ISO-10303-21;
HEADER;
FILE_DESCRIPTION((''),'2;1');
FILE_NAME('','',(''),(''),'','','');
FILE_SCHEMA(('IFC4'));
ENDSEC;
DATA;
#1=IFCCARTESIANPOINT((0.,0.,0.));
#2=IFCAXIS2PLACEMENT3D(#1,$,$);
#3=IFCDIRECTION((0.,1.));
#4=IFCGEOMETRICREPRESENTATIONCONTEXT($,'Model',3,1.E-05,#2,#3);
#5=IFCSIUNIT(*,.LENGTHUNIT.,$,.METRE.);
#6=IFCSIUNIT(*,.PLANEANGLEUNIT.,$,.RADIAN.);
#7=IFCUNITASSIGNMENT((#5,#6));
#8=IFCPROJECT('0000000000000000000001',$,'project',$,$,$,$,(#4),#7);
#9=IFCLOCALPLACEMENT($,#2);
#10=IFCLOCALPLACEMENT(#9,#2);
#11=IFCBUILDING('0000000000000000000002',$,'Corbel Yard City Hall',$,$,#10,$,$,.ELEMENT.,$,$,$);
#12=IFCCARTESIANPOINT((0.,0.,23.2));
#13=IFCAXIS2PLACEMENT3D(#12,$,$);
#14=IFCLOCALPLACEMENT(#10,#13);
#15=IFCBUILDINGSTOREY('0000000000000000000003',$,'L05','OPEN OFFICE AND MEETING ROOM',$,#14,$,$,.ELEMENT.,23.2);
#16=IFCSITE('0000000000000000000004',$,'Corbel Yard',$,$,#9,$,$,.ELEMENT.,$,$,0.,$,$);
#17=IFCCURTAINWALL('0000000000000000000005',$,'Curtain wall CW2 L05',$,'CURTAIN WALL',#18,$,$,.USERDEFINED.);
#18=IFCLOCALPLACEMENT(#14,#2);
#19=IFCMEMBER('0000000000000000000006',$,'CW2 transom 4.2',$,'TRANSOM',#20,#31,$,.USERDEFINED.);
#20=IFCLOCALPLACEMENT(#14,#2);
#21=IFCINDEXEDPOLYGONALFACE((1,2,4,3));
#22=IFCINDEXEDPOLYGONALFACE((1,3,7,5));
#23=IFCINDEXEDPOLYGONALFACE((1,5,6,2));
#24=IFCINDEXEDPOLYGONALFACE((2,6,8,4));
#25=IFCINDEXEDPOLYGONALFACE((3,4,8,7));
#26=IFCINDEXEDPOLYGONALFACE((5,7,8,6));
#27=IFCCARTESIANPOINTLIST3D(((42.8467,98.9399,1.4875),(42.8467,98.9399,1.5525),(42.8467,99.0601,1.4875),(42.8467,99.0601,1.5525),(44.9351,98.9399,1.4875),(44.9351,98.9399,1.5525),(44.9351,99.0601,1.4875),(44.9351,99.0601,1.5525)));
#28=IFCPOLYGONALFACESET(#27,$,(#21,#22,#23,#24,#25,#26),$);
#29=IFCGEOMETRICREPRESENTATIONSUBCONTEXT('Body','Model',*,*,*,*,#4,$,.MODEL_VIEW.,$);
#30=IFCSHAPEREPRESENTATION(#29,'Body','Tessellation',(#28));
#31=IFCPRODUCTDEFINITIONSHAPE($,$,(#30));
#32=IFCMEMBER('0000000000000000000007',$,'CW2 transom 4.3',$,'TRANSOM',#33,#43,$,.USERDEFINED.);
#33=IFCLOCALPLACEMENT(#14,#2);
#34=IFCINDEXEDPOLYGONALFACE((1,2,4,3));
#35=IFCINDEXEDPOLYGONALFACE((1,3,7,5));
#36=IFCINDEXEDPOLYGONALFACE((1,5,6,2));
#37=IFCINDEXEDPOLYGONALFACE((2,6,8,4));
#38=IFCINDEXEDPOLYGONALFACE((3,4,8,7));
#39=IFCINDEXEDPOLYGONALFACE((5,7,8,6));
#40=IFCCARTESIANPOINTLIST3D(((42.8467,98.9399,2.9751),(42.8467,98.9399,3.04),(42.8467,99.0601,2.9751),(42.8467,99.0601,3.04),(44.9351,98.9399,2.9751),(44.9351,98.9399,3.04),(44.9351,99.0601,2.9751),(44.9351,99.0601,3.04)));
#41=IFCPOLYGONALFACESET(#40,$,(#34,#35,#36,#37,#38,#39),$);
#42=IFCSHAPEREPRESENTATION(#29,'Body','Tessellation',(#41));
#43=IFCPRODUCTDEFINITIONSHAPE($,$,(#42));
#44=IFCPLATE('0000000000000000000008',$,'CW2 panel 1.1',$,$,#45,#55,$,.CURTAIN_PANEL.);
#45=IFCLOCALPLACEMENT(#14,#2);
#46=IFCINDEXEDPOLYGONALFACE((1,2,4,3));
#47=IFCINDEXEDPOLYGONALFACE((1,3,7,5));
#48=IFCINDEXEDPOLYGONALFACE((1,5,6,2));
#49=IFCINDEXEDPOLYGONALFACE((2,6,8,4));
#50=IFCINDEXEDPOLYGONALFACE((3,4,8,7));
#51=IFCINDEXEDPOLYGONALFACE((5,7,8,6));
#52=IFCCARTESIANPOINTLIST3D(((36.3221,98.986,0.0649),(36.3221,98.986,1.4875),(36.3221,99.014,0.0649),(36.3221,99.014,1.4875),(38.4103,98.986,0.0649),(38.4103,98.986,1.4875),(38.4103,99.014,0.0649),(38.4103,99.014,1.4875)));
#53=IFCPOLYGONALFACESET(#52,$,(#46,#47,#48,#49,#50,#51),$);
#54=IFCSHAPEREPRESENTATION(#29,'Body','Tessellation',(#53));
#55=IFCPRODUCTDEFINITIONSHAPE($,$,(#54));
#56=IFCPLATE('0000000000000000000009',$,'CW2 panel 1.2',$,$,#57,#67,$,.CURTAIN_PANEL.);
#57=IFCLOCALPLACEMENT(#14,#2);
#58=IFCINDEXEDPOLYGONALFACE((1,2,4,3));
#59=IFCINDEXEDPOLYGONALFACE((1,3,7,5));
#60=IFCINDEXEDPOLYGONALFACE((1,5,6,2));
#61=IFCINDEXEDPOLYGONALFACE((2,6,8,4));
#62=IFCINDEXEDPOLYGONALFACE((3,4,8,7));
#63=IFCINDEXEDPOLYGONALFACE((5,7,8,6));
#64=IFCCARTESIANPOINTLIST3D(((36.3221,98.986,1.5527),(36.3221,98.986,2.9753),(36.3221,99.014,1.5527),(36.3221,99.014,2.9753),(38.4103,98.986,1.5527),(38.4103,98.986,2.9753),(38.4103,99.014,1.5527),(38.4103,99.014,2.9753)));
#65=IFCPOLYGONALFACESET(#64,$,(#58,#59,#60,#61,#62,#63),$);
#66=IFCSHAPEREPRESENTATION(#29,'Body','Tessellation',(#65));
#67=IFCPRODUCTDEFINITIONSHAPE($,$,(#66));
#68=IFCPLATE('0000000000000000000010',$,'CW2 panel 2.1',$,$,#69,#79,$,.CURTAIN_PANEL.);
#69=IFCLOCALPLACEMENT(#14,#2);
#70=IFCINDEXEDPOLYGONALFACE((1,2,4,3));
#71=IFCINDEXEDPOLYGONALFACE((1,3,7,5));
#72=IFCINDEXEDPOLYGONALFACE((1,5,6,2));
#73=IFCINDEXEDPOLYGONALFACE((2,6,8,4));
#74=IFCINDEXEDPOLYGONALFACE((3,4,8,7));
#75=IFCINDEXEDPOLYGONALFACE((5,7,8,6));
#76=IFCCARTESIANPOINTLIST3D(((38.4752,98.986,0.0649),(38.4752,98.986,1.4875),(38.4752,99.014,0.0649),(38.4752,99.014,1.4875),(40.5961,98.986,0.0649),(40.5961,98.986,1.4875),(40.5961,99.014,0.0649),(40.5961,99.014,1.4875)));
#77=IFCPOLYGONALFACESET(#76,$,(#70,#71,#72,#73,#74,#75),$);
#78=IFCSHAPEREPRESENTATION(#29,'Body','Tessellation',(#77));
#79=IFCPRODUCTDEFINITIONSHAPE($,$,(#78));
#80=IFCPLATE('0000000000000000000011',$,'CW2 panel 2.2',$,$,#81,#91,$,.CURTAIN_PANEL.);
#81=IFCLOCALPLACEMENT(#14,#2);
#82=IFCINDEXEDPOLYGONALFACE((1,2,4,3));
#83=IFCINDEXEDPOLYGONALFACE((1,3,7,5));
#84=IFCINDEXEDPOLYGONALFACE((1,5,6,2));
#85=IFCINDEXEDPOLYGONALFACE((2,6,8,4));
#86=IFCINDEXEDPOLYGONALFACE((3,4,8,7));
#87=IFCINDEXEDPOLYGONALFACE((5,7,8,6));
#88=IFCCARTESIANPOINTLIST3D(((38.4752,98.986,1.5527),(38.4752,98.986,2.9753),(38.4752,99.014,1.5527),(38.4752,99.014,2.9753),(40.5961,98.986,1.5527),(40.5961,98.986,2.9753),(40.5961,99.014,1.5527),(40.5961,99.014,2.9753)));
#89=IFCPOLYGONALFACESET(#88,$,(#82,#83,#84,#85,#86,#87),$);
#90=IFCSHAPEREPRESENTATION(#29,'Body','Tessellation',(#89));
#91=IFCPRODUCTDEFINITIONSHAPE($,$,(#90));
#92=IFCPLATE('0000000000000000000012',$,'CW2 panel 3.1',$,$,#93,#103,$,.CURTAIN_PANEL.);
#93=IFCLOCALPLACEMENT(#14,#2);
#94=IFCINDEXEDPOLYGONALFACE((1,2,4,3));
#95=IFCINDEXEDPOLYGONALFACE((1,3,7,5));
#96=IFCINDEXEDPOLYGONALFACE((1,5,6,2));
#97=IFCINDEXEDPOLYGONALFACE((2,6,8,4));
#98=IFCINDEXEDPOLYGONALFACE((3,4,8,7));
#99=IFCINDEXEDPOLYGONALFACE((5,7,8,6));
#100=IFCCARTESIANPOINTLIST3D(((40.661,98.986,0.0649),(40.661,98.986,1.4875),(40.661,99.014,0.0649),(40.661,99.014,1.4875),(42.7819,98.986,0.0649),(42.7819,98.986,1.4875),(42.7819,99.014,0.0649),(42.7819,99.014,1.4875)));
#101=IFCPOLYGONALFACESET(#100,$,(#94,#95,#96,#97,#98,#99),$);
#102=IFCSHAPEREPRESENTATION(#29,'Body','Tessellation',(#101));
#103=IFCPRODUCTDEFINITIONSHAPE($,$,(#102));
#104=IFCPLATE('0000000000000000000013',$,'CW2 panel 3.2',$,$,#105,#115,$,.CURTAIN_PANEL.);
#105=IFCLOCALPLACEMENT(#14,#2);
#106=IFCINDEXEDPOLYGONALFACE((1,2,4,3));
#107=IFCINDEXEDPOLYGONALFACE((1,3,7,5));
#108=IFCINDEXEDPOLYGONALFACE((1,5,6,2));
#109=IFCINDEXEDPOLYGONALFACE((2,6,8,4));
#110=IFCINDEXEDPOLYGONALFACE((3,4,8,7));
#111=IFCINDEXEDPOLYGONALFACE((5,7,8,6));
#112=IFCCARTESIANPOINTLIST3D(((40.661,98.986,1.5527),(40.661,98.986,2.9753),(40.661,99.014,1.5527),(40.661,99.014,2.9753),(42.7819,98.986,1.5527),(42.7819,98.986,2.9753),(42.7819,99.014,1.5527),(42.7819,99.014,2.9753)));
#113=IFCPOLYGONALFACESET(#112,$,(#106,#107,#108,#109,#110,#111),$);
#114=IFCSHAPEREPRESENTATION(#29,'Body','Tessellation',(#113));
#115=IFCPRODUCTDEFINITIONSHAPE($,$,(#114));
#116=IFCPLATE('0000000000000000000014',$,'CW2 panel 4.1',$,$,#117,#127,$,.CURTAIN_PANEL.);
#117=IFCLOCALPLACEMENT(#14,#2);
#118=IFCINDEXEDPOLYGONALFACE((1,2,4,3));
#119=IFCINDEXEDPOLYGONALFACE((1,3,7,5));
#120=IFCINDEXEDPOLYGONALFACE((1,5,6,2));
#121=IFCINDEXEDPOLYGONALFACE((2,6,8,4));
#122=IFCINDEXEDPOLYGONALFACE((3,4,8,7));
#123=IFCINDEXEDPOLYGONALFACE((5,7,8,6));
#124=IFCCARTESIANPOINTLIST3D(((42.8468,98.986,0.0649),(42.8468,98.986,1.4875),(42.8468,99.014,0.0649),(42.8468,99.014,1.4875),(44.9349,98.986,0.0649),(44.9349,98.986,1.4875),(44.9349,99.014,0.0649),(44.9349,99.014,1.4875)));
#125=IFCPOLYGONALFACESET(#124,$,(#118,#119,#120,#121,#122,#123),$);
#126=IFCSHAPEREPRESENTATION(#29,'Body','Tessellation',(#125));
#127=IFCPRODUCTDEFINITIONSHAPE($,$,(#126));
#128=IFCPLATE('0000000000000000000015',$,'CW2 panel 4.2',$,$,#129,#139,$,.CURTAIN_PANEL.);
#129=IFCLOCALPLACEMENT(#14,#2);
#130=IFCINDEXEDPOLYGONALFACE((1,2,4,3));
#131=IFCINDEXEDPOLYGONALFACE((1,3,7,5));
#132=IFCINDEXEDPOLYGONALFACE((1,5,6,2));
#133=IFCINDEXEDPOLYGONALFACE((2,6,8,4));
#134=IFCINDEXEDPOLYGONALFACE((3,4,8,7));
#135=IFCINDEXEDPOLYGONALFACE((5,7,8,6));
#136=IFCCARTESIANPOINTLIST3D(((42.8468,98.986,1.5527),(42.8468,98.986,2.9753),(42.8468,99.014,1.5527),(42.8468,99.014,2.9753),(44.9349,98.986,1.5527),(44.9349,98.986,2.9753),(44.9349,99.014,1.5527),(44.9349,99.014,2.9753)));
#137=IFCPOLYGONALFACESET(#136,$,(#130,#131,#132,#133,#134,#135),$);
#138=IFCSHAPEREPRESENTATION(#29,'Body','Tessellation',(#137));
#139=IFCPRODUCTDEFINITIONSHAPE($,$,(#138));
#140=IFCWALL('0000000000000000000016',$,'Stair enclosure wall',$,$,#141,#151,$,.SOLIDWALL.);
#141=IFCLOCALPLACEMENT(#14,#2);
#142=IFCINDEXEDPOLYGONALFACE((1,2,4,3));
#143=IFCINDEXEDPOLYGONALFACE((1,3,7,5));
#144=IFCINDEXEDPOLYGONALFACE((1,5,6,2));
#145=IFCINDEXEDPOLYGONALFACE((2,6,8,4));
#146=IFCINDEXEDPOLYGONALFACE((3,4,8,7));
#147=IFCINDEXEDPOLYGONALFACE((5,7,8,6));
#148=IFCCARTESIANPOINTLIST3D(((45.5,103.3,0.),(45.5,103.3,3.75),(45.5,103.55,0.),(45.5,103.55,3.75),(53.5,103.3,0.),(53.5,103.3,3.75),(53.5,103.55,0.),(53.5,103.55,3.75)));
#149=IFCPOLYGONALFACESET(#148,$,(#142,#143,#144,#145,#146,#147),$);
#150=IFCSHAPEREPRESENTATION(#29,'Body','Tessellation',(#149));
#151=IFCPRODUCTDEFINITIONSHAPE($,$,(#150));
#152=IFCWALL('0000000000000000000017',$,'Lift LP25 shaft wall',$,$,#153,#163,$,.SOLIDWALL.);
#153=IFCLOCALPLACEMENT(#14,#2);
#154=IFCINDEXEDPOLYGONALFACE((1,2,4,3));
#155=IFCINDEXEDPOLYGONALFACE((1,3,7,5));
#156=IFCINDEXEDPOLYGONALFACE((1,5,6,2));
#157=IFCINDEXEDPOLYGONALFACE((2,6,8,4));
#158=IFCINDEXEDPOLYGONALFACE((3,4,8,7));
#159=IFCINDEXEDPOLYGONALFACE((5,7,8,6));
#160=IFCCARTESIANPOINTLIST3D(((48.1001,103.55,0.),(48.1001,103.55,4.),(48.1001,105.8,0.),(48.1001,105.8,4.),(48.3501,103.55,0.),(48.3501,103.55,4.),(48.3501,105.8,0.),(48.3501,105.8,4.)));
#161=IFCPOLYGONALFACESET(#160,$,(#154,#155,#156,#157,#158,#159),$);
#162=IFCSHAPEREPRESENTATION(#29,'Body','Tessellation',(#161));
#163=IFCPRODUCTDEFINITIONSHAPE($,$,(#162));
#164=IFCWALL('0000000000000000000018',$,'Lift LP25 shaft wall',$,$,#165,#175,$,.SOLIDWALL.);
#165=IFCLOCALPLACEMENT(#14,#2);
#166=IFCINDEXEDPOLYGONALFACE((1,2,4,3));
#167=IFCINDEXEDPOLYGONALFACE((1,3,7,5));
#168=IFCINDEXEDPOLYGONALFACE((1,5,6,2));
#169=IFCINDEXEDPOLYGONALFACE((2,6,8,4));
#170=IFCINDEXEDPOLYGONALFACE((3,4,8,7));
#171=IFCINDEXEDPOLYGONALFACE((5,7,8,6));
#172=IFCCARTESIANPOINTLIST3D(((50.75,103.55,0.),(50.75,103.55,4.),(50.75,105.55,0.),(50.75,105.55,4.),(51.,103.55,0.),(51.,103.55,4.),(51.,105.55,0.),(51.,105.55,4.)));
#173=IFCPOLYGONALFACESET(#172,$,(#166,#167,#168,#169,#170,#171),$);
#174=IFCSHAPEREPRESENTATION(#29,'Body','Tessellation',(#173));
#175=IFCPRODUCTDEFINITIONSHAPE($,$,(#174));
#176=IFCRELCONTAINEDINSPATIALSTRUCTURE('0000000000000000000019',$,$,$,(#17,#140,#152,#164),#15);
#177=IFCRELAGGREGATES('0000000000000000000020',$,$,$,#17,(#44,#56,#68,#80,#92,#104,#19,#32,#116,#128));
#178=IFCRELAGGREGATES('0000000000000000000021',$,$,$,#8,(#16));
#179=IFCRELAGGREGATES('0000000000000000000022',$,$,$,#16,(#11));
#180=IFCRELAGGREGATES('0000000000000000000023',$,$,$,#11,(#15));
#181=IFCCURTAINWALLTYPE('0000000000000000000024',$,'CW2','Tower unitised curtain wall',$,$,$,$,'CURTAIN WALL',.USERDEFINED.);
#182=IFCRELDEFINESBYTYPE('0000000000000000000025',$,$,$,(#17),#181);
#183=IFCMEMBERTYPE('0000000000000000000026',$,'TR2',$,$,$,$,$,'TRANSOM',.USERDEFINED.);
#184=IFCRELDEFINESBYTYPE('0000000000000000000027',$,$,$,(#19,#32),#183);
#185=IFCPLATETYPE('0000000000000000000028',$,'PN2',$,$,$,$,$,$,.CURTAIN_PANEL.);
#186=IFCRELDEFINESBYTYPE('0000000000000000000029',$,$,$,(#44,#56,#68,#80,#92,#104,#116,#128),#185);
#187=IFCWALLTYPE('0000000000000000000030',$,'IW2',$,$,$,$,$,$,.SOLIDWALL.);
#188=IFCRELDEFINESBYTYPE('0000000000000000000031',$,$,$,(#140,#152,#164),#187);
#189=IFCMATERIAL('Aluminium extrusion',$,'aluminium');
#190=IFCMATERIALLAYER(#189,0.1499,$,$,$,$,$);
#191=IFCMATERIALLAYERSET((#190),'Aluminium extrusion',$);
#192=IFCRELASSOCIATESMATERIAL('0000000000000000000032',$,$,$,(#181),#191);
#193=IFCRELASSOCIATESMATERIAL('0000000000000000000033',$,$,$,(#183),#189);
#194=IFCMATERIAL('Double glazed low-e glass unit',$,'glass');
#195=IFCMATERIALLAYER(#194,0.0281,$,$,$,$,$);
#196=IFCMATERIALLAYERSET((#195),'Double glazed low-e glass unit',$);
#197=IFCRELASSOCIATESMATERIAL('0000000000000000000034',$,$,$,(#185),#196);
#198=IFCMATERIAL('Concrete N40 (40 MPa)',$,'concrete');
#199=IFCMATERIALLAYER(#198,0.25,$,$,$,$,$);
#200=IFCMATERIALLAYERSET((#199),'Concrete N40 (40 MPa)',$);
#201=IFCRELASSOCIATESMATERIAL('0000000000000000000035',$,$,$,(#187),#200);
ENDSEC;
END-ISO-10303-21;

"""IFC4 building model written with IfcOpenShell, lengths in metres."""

from ifc_helpers import new_model, si_unit, direction, frame, frame_2d, origin, origin_2d, place, context, subcontext, project, spatial, rectangle, extrude, material, layer, layer_set, material_profile, profile_set, type_object, element, aggregate, save


model = new_model("IFC4")

# Units and contexts
model_context = context("Model", 3, precision=1e-05, world=origin(), true_north=direction((0.0, 1.0)))
body_context = subcontext(model_context, "Body", "Model", "MODEL_VIEW")
ifc_project = project(units=[si_unit("LENGTHUNIT", "METRE"), si_unit("PLANEANGLEUNIT", "RADIAN")], contexts=[model_context])

# Site, building, storey
site_placement = place(None, origin())
site = spatial("IfcSite", under=ifc_project, at=site_placement, Name="Corbel Yard", CompositionType="ELEMENT", RefElevation=0.0)
building_placement = place(site_placement, origin())
building = spatial("IfcBuilding", under=site, at=building_placement, Name="Corbel Yard City Hall", CompositionType="ELEMENT")
storey_placement = place(building_placement, frame((0.0, 0.0, 23.2)))
storey = spatial("IfcBuildingStorey", under=building, at=storey_placement, Name="L05", Description="OPEN OFFICE AND MEETING ROOM", CompositionType="ELEMENT", Elevation=23.2)

# Curtain wall, members, plates
ifc_material_1 = material(Name="Aluminium extrusion", Category="aluminium")
ifc_layer_1 = layer(ifc_material_1, 0.1499)
ifc_layer_set_1 = layer_set([ifc_layer_1], Name="Aluminium extrusion")
curtain_wall_type = type_object("IfcCurtainWallType", Name="CW2", Description="Tower unitised curtain wall", ElementType="CURTAIN WALL", PredefinedType="USERDEFINED", material=ifc_layer_set_1)
curtain_wall_placement = place(storey_placement, origin())
curtain_wall = element("IfcCurtainWall", 1, at=curtain_wall_placement, inside=storey, type_object=curtain_wall_type, Name="Curtain wall CW2 L05", ObjectType="CURTAIN WALL", PredefinedType="USERDEFINED")
ifc_material_profile_1 = material_profile(ifc_material_1, rectangle(XDim=0.1201, YDim=0.0649, at=origin_2d()), Name="120x65")
ifc_profile_set_1 = profile_set([ifc_material_profile_1], Name="Aluminium extrusion")
member_type_1 = type_object("IfcMemberType", Name="TR2", ElementType="TRANSOM", PredefinedType="USERDEFINED", material=ifc_profile_set_1)
member_1_placement = place(storey_placement, frame((42.8467, 99.0, 1.52), z_axis=(1.0, 0.0, 0.0), x_axis=(0.0, 1.0, 0.0)))
member_1 = element("IfcMember", 2, at=member_1_placement, type_object=member_type_1, Name="CW2 transom 4.2", ObjectType="TRANSOM", PredefinedType="USERDEFINED", context=body_context, shape_type="SweptSolid", body=[
    extrude(rectangle(XDim=0.1201, YDim=0.0649, at=origin_2d()), origin(), (0.0, 0.0, 1.0), 2.0884),
])
member_2_placement = place(storey_placement, frame((42.8467, 99.0, 3.0076), z_axis=(1.0, 0.0, 0.0), x_axis=(0.0, 1.0, 0.0)))
member_2 = element("IfcMember", 3, at=member_2_placement, type_object=member_type_1, Name="CW2 transom 4.3", ObjectType="TRANSOM", PredefinedType="USERDEFINED", context=body_context, shape_type="SweptSolid", body=[
    extrude(rectangle(XDim=0.1201, YDim=0.0649, at=origin_2d()), origin(), (0.0, 0.0, 1.0), 2.0884),
])
ifc_material_2 = material(Name="Double glazed low-e glass unit", Category="glass")
ifc_layer_2 = layer(ifc_material_2, 0.0281)
ifc_layer_set_2 = layer_set([ifc_layer_2], Name="Double glazed low-e glass unit")
plate_type = type_object("IfcPlateType", Name="PN2", PredefinedType="CURTAIN_PANEL", material=ifc_layer_set_2)
plate_1_placement = place(storey_placement, frame((37.3662, 99.0, 0.0649), z_axis=(0.0, 0.0, 1.0), x_axis=(1.0, 0.0, 0.0)))
plate_1 = element("IfcPlate", 4, at=plate_1_placement, type_object=plate_type, Name="CW2 panel 1.1", PredefinedType="CURTAIN_PANEL", context=body_context, shape_type="SweptSolid", body=[
    extrude(rectangle(XDim=2.0881, YDim=0.0281, at=origin_2d()), origin(), (0.0, 0.0, 1.0), 1.4226),
])
plate_2_placement = place(storey_placement, frame((37.3662, 99.0, 1.5527), z_axis=(0.0, 0.0, 1.0), x_axis=(1.0, 0.0, 0.0)))
plate_2 = element("IfcPlate", 5, at=plate_2_placement, type_object=plate_type, Name="CW2 panel 1.2", PredefinedType="CURTAIN_PANEL", context=body_context, shape_type="SweptSolid", body=[
    extrude(rectangle(XDim=2.0881, YDim=0.0281, at=origin_2d()), origin(), (0.0, 0.0, 1.0), 1.4226),
])
plate_3_placement = place(storey_placement, frame((39.5356, 99.0, 0.0649), z_axis=(0.0, 0.0, 1.0), x_axis=(1.0, 0.0, 0.0)))
plate_3 = element("IfcPlate", 6, at=plate_3_placement, type_object=plate_type, Name="CW2 panel 2.1", PredefinedType="CURTAIN_PANEL", context=body_context, shape_type="SweptSolid", body=[
    extrude(rectangle(XDim=2.1208, YDim=0.0281, at=origin_2d()), origin(), (0.0, 0.0, 1.0), 1.4226),
])
plate_4_placement = place(storey_placement, frame((39.5356, 99.0, 1.5527), z_axis=(0.0, 0.0, 1.0), x_axis=(1.0, 0.0, 0.0)))
plate_4 = element("IfcPlate", 7, at=plate_4_placement, type_object=plate_type, Name="CW2 panel 2.2", PredefinedType="CURTAIN_PANEL", context=body_context, shape_type="SweptSolid", body=[
    extrude(rectangle(XDim=2.1208, YDim=0.0281, at=origin_2d()), origin(), (0.0, 0.0, 1.0), 1.4226),
])
plate_5_placement = place(storey_placement, frame((41.7214, 99.0, 0.0649), z_axis=(0.0, 0.0, 1.0), x_axis=(1.0, 0.0, 0.0)))
plate_5 = element("IfcPlate", 8, at=plate_5_placement, type_object=plate_type, Name="CW2 panel 3.1", PredefinedType="CURTAIN_PANEL", context=body_context, shape_type="SweptSolid", body=[
    extrude(rectangle(XDim=2.1208, YDim=0.0281, at=origin_2d()), origin(), (0.0, 0.0, 1.0), 1.4226),
])
plate_6_placement = place(storey_placement, frame((41.7214, 99.0, 1.5527), z_axis=(0.0, 0.0, 1.0), x_axis=(1.0, 0.0, 0.0)))
plate_6 = element("IfcPlate", 9, at=plate_6_placement, type_object=plate_type, Name="CW2 panel 3.2", PredefinedType="CURTAIN_PANEL", context=body_context, shape_type="SweptSolid", body=[
    extrude(rectangle(XDim=2.1208, YDim=0.0281, at=origin_2d()), origin(), (0.0, 0.0, 1.0), 1.4226),
])
plate_7_placement = place(storey_placement, frame((43.8909, 99.0, 0.0649), z_axis=(0.0, 0.0, 1.0), x_axis=(1.0, 0.0, 0.0)))
plate_7 = element("IfcPlate", 10, at=plate_7_placement, type_object=plate_type, Name="CW2 panel 4.1", PredefinedType="CURTAIN_PANEL", context=body_context, shape_type="SweptSolid", body=[
    extrude(rectangle(XDim=2.0881, YDim=0.0281, at=origin_2d()), origin(), (0.0, 0.0, 1.0), 1.4226),
])
plate_8_placement = place(storey_placement, frame((43.8909, 99.0, 1.5527), z_axis=(0.0, 0.0, 1.0), x_axis=(1.0, 0.0, 0.0)))
plate_8 = element("IfcPlate", 11, at=plate_8_placement, type_object=plate_type, Name="CW2 panel 4.2", PredefinedType="CURTAIN_PANEL", context=body_context, shape_type="SweptSolid", body=[
    extrude(rectangle(XDim=2.0881, YDim=0.0281, at=origin_2d()), origin(), (0.0, 0.0, 1.0), 1.4226),
])
aggregate(curtain_wall, [plate_1, plate_2, plate_3, plate_4, plate_5, plate_6, member_1, member_2, plate_7, plate_8])

# Walls
ifc_material_3 = material(Name="Concrete N40 (40 MPa)", Category="concrete")
ifc_layer_3 = layer(ifc_material_3, 0.25)
ifc_layer_set_3 = layer_set([ifc_layer_3], Name="Concrete N40 (40 MPa)")
wall_type_1 = type_object("IfcWallType", Name="IW2", PredefinedType="SOLIDWALL", material=ifc_layer_set_3)
wall_1_placement = place(storey_placement, frame((45.5, 103.425, 0.0), z_axis=(0.0, 0.0, 1.0), x_axis=(1.0, 0.0, 0.0)))
element("IfcWall", 12, at=wall_1_placement, inside=storey, type_object=wall_type_1, Name="Stair enclosure wall", PredefinedType="SOLIDWALL", context=body_context, shape_type="SweptSolid", body=[
    extrude(rectangle(XDim=8.0, YDim=0.25, at=frame_2d((4.0, 0.0))), origin(), (0.0, 0.0, 1.0), 3.75),
])
wall_2_placement = place(storey_placement, frame((48.2251, 103.55, 0.0), z_axis=(0.0, 0.0, 1.0), x_axis=(0.0, 1.0, 0.0)))
element("IfcWall", 13, at=wall_2_placement, inside=storey, type_object=wall_type_1, Name="Lift LP25 shaft wall", PredefinedType="SOLIDWALL", context=body_context, shape_type="SweptSolid", body=[
    extrude(rectangle(XDim=2.25, YDim=0.25, at=frame_2d((1.125, 0.0))), origin(), (0.0, 0.0, 1.0), 4.0),
])
wall_3_placement = place(storey_placement, frame((50.875, 103.55, 0.0), z_axis=(0.0, 0.0, 1.0), x_axis=(0.0, 1.0, 0.0)))
element("IfcWall", 14, at=wall_3_placement, inside=storey, type_object=wall_type_1, Name="Lift LP25 shaft wall", PredefinedType="SOLIDWALL", context=body_context, shape_type="SweptSolid", body=[
    extrude(rectangle(XDim=2.0, YDim=0.25, at=frame_2d((1.0, 0.0))), origin(), (0.0, 0.0, 1.0), 4.0),
])

save(model, "model.ifc")
